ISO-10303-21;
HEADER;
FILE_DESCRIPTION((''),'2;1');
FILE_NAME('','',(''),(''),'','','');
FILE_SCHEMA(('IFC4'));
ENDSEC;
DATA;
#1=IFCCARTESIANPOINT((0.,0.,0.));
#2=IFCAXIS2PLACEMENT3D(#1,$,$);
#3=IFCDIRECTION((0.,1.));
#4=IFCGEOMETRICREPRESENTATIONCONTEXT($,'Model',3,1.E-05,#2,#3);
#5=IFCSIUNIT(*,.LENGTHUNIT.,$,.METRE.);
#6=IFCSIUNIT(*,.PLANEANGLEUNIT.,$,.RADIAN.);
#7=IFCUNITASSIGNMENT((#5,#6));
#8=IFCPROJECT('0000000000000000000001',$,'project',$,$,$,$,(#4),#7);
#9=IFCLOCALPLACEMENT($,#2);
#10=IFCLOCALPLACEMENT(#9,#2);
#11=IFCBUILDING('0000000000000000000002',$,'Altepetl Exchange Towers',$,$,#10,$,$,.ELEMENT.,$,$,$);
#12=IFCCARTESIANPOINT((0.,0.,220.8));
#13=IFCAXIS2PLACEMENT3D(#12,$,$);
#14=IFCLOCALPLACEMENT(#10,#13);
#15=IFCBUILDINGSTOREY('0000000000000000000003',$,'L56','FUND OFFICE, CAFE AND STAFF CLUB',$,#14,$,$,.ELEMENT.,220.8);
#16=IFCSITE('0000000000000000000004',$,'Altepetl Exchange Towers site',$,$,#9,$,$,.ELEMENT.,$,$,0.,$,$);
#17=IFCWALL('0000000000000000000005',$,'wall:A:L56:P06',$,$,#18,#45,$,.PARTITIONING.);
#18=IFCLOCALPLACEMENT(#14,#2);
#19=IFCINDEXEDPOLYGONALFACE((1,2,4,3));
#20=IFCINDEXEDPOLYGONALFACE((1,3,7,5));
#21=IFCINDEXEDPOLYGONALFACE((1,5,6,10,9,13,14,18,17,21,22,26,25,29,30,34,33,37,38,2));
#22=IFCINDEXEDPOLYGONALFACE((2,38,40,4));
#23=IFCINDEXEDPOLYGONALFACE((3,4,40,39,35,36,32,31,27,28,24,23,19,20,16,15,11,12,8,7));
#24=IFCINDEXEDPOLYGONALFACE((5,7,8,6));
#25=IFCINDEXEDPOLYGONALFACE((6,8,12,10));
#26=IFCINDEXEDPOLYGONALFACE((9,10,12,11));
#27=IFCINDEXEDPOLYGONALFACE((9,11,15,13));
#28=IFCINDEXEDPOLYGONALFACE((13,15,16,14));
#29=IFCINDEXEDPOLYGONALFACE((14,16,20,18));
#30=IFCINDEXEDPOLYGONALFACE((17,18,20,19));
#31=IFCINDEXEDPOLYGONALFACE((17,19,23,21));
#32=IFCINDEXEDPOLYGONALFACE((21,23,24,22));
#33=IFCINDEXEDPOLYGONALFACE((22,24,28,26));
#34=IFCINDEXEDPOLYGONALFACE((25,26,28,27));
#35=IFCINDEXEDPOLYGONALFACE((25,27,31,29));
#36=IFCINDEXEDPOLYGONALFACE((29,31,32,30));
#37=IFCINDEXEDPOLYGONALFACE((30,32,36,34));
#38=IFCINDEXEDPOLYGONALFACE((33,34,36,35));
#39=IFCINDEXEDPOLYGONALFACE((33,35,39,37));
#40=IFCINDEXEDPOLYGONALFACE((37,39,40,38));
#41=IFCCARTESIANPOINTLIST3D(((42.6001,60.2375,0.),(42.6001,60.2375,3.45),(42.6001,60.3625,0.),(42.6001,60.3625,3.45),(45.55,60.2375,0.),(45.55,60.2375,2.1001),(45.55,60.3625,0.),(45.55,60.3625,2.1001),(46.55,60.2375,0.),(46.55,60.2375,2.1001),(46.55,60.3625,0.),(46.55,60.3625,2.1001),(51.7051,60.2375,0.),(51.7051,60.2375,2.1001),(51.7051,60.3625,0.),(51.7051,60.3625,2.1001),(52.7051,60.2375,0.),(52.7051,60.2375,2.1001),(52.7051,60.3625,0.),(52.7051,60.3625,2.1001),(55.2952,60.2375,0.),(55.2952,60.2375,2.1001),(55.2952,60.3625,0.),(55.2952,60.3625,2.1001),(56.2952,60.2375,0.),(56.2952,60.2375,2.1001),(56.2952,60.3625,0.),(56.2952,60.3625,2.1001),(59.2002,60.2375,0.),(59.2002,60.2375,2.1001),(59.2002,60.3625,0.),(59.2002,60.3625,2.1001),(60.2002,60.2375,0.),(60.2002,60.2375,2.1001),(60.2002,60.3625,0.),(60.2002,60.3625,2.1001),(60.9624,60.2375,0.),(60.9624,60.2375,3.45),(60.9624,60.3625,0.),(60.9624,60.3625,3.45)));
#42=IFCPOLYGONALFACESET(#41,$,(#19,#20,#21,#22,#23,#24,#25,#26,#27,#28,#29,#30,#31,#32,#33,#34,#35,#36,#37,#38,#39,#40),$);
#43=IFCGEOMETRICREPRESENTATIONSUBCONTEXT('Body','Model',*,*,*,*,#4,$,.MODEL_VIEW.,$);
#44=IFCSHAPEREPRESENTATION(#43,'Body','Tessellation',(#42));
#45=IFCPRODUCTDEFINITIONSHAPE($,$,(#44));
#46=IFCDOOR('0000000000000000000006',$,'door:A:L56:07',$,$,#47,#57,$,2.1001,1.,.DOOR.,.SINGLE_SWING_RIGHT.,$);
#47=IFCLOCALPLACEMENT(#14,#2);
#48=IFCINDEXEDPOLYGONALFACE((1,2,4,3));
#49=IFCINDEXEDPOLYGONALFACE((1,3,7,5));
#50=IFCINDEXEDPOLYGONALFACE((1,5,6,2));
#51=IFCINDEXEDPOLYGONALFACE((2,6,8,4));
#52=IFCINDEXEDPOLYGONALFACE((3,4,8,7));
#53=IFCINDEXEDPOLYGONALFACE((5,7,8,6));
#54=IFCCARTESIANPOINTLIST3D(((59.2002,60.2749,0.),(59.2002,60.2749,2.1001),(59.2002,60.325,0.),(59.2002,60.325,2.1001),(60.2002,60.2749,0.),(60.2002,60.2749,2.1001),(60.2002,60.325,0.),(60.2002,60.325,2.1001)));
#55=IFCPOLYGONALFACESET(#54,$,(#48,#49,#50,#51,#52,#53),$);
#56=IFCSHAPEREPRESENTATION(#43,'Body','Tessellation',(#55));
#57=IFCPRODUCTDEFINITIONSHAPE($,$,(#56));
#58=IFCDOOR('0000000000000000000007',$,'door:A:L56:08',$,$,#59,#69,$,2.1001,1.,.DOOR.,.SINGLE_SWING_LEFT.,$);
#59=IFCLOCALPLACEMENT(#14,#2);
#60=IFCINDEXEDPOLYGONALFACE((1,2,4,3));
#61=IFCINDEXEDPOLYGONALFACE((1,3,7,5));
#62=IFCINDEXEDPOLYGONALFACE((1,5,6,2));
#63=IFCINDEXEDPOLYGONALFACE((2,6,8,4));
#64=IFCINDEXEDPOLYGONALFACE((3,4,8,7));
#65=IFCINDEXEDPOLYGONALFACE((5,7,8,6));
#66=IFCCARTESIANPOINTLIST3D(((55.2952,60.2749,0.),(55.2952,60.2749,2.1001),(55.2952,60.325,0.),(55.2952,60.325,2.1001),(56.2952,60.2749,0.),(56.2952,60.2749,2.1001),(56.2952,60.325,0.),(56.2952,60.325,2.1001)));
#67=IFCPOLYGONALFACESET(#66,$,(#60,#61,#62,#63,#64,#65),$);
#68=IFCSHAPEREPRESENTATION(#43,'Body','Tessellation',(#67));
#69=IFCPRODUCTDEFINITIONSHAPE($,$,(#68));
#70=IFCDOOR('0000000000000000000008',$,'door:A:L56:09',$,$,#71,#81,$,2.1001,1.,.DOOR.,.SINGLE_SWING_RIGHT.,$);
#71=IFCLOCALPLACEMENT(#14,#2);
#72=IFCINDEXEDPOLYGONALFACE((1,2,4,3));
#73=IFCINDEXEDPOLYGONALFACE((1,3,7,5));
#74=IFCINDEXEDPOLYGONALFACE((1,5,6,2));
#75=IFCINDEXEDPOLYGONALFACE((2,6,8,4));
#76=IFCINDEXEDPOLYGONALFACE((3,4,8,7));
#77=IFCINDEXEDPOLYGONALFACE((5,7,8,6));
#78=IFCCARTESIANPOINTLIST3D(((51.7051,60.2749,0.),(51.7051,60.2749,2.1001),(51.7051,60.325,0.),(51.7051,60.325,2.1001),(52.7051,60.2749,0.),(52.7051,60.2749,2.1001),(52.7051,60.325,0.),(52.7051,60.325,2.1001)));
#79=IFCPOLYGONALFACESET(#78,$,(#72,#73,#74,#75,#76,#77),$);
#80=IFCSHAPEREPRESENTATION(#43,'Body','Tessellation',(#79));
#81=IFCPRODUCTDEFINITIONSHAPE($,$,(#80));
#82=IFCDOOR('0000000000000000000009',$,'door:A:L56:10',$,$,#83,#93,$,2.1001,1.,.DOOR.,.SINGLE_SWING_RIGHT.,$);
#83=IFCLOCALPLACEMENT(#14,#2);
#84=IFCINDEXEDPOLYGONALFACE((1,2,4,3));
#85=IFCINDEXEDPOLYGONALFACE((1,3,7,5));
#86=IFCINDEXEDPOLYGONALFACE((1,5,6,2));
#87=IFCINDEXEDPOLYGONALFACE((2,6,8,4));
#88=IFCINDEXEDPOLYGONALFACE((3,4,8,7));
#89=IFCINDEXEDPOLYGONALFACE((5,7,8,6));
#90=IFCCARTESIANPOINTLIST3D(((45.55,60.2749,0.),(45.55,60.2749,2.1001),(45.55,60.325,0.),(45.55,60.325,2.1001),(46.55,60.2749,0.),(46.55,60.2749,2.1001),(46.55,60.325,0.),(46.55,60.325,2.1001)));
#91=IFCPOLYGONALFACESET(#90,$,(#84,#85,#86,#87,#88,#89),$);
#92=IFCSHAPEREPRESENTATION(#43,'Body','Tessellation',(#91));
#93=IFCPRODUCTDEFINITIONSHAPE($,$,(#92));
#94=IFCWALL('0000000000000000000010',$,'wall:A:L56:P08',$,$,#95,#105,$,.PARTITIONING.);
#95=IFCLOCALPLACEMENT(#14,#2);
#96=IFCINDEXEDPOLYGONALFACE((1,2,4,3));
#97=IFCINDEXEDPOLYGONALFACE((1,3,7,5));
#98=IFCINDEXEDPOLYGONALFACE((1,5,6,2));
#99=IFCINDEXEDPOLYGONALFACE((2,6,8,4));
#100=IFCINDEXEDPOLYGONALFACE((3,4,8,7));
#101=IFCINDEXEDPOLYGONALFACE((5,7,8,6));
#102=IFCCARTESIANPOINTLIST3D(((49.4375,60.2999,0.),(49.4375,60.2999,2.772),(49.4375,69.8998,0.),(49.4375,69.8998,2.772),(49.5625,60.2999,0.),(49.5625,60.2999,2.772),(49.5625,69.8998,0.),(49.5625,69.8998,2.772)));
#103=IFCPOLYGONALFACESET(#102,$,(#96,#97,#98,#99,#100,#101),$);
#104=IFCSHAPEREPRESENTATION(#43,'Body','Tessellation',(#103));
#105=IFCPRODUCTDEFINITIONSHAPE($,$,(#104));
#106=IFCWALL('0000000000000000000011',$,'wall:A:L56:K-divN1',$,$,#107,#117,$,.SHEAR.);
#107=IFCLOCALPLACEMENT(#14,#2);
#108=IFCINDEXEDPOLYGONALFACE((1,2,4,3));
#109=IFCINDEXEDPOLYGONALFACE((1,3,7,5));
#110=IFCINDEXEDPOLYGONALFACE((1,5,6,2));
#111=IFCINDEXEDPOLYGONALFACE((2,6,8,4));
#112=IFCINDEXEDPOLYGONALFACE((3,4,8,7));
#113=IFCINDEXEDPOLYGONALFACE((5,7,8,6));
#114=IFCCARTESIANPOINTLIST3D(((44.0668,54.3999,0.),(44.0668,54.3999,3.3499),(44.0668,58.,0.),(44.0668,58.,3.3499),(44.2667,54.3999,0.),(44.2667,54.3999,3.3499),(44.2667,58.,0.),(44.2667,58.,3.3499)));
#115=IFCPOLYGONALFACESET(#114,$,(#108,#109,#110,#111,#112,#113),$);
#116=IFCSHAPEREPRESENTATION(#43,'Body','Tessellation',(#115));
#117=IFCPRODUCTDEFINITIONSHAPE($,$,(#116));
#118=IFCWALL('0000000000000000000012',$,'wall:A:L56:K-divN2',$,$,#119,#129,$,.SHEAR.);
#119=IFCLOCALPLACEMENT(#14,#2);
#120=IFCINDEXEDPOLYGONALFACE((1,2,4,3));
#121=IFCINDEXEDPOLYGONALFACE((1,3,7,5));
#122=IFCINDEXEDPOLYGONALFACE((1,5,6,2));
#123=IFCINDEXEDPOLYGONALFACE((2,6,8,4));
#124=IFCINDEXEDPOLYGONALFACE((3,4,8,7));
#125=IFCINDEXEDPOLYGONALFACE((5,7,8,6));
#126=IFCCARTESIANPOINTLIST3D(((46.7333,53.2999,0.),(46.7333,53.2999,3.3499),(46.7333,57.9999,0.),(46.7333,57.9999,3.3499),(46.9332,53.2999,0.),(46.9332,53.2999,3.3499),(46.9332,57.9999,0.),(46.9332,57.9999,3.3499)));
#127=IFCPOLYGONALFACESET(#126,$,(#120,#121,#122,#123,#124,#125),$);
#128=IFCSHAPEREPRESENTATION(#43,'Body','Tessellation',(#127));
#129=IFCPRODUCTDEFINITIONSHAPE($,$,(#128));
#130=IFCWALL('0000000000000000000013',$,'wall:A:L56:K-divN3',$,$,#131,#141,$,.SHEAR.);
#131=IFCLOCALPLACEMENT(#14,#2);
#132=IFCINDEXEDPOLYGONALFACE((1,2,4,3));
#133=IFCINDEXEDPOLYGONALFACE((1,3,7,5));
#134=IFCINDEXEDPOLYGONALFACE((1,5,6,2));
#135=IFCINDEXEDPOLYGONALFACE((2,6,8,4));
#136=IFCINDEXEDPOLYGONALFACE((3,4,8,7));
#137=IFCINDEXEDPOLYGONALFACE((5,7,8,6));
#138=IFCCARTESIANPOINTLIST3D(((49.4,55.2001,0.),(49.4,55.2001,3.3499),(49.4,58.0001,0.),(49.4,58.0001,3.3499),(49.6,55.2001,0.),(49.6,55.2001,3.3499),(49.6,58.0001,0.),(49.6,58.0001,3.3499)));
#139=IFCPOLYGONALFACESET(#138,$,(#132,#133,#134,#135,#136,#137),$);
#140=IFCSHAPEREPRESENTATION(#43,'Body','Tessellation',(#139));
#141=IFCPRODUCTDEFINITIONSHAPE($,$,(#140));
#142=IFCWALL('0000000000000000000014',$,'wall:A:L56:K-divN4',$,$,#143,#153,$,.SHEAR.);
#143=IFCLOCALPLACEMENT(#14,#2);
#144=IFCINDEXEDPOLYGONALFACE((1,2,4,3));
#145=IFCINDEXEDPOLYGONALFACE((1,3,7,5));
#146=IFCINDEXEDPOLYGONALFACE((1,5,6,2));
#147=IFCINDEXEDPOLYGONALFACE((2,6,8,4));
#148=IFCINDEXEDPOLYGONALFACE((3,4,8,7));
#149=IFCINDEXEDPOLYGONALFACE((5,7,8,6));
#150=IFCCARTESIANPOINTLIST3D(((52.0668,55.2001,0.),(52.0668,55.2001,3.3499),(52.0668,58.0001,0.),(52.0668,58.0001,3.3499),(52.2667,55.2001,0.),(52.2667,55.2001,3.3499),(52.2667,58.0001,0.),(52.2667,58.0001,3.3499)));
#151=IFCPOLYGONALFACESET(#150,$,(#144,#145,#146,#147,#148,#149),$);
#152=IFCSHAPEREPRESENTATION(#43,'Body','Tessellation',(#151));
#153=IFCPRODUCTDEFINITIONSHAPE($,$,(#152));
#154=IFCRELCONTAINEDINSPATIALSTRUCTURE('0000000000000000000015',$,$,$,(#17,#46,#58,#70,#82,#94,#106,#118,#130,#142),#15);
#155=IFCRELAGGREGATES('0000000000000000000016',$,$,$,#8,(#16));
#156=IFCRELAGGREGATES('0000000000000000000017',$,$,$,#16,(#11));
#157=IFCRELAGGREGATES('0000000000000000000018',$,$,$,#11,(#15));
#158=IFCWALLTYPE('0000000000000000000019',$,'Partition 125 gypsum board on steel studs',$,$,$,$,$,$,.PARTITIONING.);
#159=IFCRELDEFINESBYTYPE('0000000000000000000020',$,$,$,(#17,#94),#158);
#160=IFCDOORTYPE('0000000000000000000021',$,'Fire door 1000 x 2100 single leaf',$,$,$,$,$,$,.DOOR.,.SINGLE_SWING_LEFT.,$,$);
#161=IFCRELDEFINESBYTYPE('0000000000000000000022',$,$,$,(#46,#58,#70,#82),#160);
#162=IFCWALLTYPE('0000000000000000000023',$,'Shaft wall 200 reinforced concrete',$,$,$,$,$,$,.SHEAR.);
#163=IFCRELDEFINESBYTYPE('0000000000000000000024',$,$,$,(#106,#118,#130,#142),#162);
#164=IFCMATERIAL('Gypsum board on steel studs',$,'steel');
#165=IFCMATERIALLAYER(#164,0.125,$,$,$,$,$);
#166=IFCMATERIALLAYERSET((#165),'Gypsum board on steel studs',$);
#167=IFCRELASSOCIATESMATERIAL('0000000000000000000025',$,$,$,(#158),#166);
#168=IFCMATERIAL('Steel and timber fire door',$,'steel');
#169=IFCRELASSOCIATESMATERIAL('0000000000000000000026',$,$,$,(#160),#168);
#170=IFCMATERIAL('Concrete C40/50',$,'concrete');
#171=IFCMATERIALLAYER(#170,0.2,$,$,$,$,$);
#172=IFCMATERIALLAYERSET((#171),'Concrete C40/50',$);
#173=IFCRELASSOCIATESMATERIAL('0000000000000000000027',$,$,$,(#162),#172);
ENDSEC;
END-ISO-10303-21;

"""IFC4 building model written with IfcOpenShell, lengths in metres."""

from ifc_helpers import new_model, si_unit, direction, frame, frame_2d, origin, place, context, subcontext, project, spatial, rectangle, extrude, material, layer, layer_set, type_object, element, fill, save


model = new_model("IFC4")

# Units and contexts
model_context = context("Model", 3, precision=1e-05, world=origin(), true_north=direction((0.0, 1.0)))
body_context = subcontext(model_context, "Body", "Model", "MODEL_VIEW")
ifc_project = project(units=[si_unit("LENGTHUNIT", "METRE"), si_unit("PLANEANGLEUNIT", "RADIAN")], contexts=[model_context])

# Site, building, storey
site_placement = place(None, origin())
site = spatial("IfcSite", under=ifc_project, at=site_placement, Name="Altepetl Exchange Towers site", CompositionType="ELEMENT", RefElevation=0.0)
building_placement = place(site_placement, origin())
building = spatial("IfcBuilding", under=site, at=building_placement, Name="Altepetl Exchange Towers", CompositionType="ELEMENT")
storey_placement = place(building_placement, frame((0.0, 0.0, 220.8)))
storey = spatial("IfcBuildingStorey", under=building, at=storey_placement, Name="L56", Description="FUND OFFICE, CAFE AND STAFF CLUB", CompositionType="ELEMENT", Elevation=220.8)

# Wall, openings, doors
ifc_material_1 = material(Name="Gypsum board on steel studs", Category="steel")
ifc_layer_1 = layer(ifc_material_1, 0.125)
ifc_layer_set_1 = layer_set([ifc_layer_1], Name="Gypsum board on steel studs")
wall_type_1 = type_object("IfcWallType", Name="Partition 125 gypsum board on steel studs", PredefinedType="PARTITIONING", material=ifc_layer_set_1)
wall_1_placement = place(storey_placement, frame((42.6001, 60.3, 0.0)))
wall_1 = element("IfcWall", 1, at=wall_1_placement, inside=storey, type_object=wall_type_1, Name="wall:A:L56:P06", PredefinedType="PARTITIONING", context=body_context, shape_type="SweptSolid", body=[
    extrude(rectangle(XDim=18.3623, YDim=0.125, at=frame_2d((9.1812, 0.0))), origin(), (0.0, 0.0, 1.0), 3.45),
])
opening_1_placement = place(wall_1_placement, frame((16.6001, 0.0, 0.0)))
opening_1 = element("IfcOpeningElement", 2, at=opening_1_placement, cuts=wall_1, PredefinedType="OPENING", context=body_context, shape_type="SweptSolid", body=[
    extrude(rectangle(XDim=1.0, YDim=2.1001, at=frame_2d((0.5, 1.05))), frame((0.0, 0.0725, 0.0), z_axis=(0.0, -1.0, 0.0), x_axis=(1.0, 0.0, 0.0)), (0.0, 0.0, 1.0), 0.145),
])
opening_2_placement = place(wall_1_placement, frame((12.6951, 0.0, 0.0)))
opening_2 = element("IfcOpeningElement", 3, at=opening_2_placement, cuts=wall_1, PredefinedType="OPENING", context=body_context, shape_type="SweptSolid", body=[
    extrude(rectangle(XDim=1.0, YDim=2.1001, at=frame_2d((0.5, 1.05))), frame((0.0, 0.0725, 0.0), z_axis=(0.0, -1.0, 0.0), x_axis=(1.0, 0.0, 0.0)), (0.0, 0.0, 1.0), 0.145),
])
opening_3_placement = place(wall_1_placement, frame((9.105, 0.0, 0.0)))
opening_3 = element("IfcOpeningElement", 4, at=opening_3_placement, cuts=wall_1, PredefinedType="OPENING", context=body_context, shape_type="SweptSolid", body=[
    extrude(rectangle(XDim=1.0, YDim=2.1001, at=frame_2d((0.5, 1.05))), frame((0.0, 0.0725, 0.0), z_axis=(0.0, -1.0, 0.0), x_axis=(1.0, 0.0, 0.0)), (0.0, 0.0, 1.0), 0.145),
])
opening_4_placement = place(wall_1_placement, frame((2.95, 0.0, 0.0)))
opening_4 = element("IfcOpeningElement", 5, at=opening_4_placement, cuts=wall_1, PredefinedType="OPENING", context=body_context, shape_type="SweptSolid", body=[
    extrude(rectangle(XDim=1.0, YDim=2.1001, at=frame_2d((0.5, 1.05))), frame((0.0, 0.0725, 0.0), z_axis=(0.0, -1.0, 0.0), x_axis=(1.0, 0.0, 0.0)), (0.0, 0.0, 1.0), 0.145),
])
ifc_material_2 = material(Name="Steel and timber fire door", Category="steel")
door_type_1 = type_object("IfcDoorType", Name="Fire door 1000 x 2100 single leaf", OperationType="SINGLE_SWING_LEFT", PredefinedType="DOOR", material=ifc_material_2)
door_1_placement = place(opening_1_placement, origin())
door_1 = element("IfcDoor", 6, at=door_1_placement, inside=storey, type_object=door_type_1, Name="door:A:L56:07", OperationType="SINGLE_SWING_RIGHT", OverallHeight=2.1001, OverallWidth=1.0, PredefinedType="DOOR", context=body_context, shape_type="SweptSolid", body=[
    extrude(rectangle(XDim=1.0, YDim=2.1001, at=frame_2d((0.5, 1.05))), frame((0.0, 0.0249, 0.0), z_axis=(0.0, -1.0, 0.0), x_axis=(1.0, 0.0, 0.0)), (0.0, 0.0, 1.0), 0.05),
])
fill(opening_1, door_1)
door_2_placement = place(opening_2_placement, origin())
door_2 = element("IfcDoor", 7, at=door_2_placement, inside=storey, type_object=door_type_1, Name="door:A:L56:08", OperationType="SINGLE_SWING_LEFT", OverallHeight=2.1001, OverallWidth=1.0, PredefinedType="DOOR", context=body_context, shape_type="SweptSolid", body=[
    extrude(rectangle(XDim=1.0, YDim=2.1001, at=frame_2d((0.5, 1.05))), frame((0.0, 0.0249, 0.0), z_axis=(0.0, -1.0, 0.0), x_axis=(1.0, 0.0, 0.0)), (0.0, 0.0, 1.0), 0.05),
])
fill(opening_2, door_2)
door_3_placement = place(opening_3_placement, origin())
door_3 = element("IfcDoor", 8, at=door_3_placement, inside=storey, type_object=door_type_1, Name="door:A:L56:09", OperationType="SINGLE_SWING_RIGHT", OverallHeight=2.1001, OverallWidth=1.0, PredefinedType="DOOR", context=body_context, shape_type="SweptSolid", body=[
    extrude(rectangle(XDim=1.0, YDim=2.1001, at=frame_2d((0.5, 1.05))), frame((0.0, 0.0249, 0.0), z_axis=(0.0, -1.0, 0.0), x_axis=(1.0, 0.0, 0.0)), (0.0, 0.0, 1.0), 0.05),
])
fill(opening_3, door_3)
door_4_placement = place(opening_4_placement, origin())
door_4 = element("IfcDoor", 9, at=door_4_placement, inside=storey, type_object=door_type_1, Name="door:A:L56:10", OperationType="SINGLE_SWING_RIGHT", OverallHeight=2.1001, OverallWidth=1.0, PredefinedType="DOOR", context=body_context, shape_type="SweptSolid", body=[
    extrude(rectangle(XDim=1.0, YDim=2.1001, at=frame_2d((0.5, 1.05))), frame((0.0, 0.0249, 0.0), z_axis=(0.0, -1.0, 0.0), x_axis=(1.0, 0.0, 0.0)), (0.0, 0.0, 1.0), 0.05),
])
fill(opening_4, door_4)

# Walls
wall_2_placement = place(storey_placement, frame((49.5, 60.3, 0.0), z_axis=(0.0, 0.0, 1.0), x_axis=(0.0, 1.0, 0.0)))
element("IfcWall", 10, at=wall_2_placement, inside=storey, type_object=wall_type_1, Name="wall:A:L56:P08", PredefinedType="PARTITIONING", context=body_context, shape_type="SweptSolid", body=[
    extrude(rectangle(XDim=9.5999, YDim=0.125, at=frame_2d((4.7998, 0.0))), origin(), (0.0, 0.0, 1.0), 2.772),
])
ifc_material_3 = material(Name="Concrete C40/50", Category="concrete")
ifc_layer_2 = layer(ifc_material_3, 0.2)
ifc_layer_set_2 = layer_set([ifc_layer_2], Name="Concrete C40/50")
wall_type_2 = type_object("IfcWallType", Name="Shaft wall 200 reinforced concrete", PredefinedType="SHEAR", material=ifc_layer_set_2)
wall_3_placement = place(storey_placement, frame((44.1667, 58.0, 0.0), z_axis=(0.0, 0.0, 1.0), x_axis=(0.0, -1.0, 0.0)))
element("IfcWall", 11, at=wall_3_placement, inside=storey, type_object=wall_type_2, Name="wall:A:L56:K-divN1", PredefinedType="SHEAR", context=body_context, shape_type="SweptSolid", body=[
    extrude(rectangle(XDim=3.6001, YDim=0.2, at=frame_2d((1.8, 0.0))), origin(), (0.0, 0.0, 1.0), 3.3499),
])
wall_4_placement = place(storey_placement, frame((46.8333, 58.0, 0.0), z_axis=(0.0, 0.0, 1.0), x_axis=(0.0, -1.0, 0.0)))
element("IfcWall", 12, at=wall_4_placement, inside=storey, type_object=wall_type_2, Name="wall:A:L56:K-divN2", PredefinedType="SHEAR", context=body_context, shape_type="SweptSolid", body=[
    extrude(rectangle(XDim=4.7, YDim=0.2, at=frame_2d((2.3501, 0.0))), origin(), (0.0, 0.0, 1.0), 3.3499),
])
for number, where, z_axis, x_axis, name in (
    (13, (49.5, 58.0, 0.0), (0.0, 0.0, 1.0), (0.0, -1.0, 0.0), "wall:A:L56:K-divN3"),
    (14, (52.1667, 58.0, 0.0), (0.0, 0.0, 1.0), (0.0, -1.0, 0.0), "wall:A:L56:K-divN4"),
):
    element("IfcWall", number, at=place(storey_placement, frame(where, z_axis=z_axis, x_axis=x_axis)), inside=storey, type_object=wall_type_2, Name=name, PredefinedType="SHEAR", context=body_context, shape_type="SweptSolid", body=[
        extrude(rectangle(XDim=2.8, YDim=0.2, at=frame_2d((1.3999, 0.0))), origin(), (0.0, 0.0, 1.0), 3.3499),
    ])

save(model, "model.ifc")
